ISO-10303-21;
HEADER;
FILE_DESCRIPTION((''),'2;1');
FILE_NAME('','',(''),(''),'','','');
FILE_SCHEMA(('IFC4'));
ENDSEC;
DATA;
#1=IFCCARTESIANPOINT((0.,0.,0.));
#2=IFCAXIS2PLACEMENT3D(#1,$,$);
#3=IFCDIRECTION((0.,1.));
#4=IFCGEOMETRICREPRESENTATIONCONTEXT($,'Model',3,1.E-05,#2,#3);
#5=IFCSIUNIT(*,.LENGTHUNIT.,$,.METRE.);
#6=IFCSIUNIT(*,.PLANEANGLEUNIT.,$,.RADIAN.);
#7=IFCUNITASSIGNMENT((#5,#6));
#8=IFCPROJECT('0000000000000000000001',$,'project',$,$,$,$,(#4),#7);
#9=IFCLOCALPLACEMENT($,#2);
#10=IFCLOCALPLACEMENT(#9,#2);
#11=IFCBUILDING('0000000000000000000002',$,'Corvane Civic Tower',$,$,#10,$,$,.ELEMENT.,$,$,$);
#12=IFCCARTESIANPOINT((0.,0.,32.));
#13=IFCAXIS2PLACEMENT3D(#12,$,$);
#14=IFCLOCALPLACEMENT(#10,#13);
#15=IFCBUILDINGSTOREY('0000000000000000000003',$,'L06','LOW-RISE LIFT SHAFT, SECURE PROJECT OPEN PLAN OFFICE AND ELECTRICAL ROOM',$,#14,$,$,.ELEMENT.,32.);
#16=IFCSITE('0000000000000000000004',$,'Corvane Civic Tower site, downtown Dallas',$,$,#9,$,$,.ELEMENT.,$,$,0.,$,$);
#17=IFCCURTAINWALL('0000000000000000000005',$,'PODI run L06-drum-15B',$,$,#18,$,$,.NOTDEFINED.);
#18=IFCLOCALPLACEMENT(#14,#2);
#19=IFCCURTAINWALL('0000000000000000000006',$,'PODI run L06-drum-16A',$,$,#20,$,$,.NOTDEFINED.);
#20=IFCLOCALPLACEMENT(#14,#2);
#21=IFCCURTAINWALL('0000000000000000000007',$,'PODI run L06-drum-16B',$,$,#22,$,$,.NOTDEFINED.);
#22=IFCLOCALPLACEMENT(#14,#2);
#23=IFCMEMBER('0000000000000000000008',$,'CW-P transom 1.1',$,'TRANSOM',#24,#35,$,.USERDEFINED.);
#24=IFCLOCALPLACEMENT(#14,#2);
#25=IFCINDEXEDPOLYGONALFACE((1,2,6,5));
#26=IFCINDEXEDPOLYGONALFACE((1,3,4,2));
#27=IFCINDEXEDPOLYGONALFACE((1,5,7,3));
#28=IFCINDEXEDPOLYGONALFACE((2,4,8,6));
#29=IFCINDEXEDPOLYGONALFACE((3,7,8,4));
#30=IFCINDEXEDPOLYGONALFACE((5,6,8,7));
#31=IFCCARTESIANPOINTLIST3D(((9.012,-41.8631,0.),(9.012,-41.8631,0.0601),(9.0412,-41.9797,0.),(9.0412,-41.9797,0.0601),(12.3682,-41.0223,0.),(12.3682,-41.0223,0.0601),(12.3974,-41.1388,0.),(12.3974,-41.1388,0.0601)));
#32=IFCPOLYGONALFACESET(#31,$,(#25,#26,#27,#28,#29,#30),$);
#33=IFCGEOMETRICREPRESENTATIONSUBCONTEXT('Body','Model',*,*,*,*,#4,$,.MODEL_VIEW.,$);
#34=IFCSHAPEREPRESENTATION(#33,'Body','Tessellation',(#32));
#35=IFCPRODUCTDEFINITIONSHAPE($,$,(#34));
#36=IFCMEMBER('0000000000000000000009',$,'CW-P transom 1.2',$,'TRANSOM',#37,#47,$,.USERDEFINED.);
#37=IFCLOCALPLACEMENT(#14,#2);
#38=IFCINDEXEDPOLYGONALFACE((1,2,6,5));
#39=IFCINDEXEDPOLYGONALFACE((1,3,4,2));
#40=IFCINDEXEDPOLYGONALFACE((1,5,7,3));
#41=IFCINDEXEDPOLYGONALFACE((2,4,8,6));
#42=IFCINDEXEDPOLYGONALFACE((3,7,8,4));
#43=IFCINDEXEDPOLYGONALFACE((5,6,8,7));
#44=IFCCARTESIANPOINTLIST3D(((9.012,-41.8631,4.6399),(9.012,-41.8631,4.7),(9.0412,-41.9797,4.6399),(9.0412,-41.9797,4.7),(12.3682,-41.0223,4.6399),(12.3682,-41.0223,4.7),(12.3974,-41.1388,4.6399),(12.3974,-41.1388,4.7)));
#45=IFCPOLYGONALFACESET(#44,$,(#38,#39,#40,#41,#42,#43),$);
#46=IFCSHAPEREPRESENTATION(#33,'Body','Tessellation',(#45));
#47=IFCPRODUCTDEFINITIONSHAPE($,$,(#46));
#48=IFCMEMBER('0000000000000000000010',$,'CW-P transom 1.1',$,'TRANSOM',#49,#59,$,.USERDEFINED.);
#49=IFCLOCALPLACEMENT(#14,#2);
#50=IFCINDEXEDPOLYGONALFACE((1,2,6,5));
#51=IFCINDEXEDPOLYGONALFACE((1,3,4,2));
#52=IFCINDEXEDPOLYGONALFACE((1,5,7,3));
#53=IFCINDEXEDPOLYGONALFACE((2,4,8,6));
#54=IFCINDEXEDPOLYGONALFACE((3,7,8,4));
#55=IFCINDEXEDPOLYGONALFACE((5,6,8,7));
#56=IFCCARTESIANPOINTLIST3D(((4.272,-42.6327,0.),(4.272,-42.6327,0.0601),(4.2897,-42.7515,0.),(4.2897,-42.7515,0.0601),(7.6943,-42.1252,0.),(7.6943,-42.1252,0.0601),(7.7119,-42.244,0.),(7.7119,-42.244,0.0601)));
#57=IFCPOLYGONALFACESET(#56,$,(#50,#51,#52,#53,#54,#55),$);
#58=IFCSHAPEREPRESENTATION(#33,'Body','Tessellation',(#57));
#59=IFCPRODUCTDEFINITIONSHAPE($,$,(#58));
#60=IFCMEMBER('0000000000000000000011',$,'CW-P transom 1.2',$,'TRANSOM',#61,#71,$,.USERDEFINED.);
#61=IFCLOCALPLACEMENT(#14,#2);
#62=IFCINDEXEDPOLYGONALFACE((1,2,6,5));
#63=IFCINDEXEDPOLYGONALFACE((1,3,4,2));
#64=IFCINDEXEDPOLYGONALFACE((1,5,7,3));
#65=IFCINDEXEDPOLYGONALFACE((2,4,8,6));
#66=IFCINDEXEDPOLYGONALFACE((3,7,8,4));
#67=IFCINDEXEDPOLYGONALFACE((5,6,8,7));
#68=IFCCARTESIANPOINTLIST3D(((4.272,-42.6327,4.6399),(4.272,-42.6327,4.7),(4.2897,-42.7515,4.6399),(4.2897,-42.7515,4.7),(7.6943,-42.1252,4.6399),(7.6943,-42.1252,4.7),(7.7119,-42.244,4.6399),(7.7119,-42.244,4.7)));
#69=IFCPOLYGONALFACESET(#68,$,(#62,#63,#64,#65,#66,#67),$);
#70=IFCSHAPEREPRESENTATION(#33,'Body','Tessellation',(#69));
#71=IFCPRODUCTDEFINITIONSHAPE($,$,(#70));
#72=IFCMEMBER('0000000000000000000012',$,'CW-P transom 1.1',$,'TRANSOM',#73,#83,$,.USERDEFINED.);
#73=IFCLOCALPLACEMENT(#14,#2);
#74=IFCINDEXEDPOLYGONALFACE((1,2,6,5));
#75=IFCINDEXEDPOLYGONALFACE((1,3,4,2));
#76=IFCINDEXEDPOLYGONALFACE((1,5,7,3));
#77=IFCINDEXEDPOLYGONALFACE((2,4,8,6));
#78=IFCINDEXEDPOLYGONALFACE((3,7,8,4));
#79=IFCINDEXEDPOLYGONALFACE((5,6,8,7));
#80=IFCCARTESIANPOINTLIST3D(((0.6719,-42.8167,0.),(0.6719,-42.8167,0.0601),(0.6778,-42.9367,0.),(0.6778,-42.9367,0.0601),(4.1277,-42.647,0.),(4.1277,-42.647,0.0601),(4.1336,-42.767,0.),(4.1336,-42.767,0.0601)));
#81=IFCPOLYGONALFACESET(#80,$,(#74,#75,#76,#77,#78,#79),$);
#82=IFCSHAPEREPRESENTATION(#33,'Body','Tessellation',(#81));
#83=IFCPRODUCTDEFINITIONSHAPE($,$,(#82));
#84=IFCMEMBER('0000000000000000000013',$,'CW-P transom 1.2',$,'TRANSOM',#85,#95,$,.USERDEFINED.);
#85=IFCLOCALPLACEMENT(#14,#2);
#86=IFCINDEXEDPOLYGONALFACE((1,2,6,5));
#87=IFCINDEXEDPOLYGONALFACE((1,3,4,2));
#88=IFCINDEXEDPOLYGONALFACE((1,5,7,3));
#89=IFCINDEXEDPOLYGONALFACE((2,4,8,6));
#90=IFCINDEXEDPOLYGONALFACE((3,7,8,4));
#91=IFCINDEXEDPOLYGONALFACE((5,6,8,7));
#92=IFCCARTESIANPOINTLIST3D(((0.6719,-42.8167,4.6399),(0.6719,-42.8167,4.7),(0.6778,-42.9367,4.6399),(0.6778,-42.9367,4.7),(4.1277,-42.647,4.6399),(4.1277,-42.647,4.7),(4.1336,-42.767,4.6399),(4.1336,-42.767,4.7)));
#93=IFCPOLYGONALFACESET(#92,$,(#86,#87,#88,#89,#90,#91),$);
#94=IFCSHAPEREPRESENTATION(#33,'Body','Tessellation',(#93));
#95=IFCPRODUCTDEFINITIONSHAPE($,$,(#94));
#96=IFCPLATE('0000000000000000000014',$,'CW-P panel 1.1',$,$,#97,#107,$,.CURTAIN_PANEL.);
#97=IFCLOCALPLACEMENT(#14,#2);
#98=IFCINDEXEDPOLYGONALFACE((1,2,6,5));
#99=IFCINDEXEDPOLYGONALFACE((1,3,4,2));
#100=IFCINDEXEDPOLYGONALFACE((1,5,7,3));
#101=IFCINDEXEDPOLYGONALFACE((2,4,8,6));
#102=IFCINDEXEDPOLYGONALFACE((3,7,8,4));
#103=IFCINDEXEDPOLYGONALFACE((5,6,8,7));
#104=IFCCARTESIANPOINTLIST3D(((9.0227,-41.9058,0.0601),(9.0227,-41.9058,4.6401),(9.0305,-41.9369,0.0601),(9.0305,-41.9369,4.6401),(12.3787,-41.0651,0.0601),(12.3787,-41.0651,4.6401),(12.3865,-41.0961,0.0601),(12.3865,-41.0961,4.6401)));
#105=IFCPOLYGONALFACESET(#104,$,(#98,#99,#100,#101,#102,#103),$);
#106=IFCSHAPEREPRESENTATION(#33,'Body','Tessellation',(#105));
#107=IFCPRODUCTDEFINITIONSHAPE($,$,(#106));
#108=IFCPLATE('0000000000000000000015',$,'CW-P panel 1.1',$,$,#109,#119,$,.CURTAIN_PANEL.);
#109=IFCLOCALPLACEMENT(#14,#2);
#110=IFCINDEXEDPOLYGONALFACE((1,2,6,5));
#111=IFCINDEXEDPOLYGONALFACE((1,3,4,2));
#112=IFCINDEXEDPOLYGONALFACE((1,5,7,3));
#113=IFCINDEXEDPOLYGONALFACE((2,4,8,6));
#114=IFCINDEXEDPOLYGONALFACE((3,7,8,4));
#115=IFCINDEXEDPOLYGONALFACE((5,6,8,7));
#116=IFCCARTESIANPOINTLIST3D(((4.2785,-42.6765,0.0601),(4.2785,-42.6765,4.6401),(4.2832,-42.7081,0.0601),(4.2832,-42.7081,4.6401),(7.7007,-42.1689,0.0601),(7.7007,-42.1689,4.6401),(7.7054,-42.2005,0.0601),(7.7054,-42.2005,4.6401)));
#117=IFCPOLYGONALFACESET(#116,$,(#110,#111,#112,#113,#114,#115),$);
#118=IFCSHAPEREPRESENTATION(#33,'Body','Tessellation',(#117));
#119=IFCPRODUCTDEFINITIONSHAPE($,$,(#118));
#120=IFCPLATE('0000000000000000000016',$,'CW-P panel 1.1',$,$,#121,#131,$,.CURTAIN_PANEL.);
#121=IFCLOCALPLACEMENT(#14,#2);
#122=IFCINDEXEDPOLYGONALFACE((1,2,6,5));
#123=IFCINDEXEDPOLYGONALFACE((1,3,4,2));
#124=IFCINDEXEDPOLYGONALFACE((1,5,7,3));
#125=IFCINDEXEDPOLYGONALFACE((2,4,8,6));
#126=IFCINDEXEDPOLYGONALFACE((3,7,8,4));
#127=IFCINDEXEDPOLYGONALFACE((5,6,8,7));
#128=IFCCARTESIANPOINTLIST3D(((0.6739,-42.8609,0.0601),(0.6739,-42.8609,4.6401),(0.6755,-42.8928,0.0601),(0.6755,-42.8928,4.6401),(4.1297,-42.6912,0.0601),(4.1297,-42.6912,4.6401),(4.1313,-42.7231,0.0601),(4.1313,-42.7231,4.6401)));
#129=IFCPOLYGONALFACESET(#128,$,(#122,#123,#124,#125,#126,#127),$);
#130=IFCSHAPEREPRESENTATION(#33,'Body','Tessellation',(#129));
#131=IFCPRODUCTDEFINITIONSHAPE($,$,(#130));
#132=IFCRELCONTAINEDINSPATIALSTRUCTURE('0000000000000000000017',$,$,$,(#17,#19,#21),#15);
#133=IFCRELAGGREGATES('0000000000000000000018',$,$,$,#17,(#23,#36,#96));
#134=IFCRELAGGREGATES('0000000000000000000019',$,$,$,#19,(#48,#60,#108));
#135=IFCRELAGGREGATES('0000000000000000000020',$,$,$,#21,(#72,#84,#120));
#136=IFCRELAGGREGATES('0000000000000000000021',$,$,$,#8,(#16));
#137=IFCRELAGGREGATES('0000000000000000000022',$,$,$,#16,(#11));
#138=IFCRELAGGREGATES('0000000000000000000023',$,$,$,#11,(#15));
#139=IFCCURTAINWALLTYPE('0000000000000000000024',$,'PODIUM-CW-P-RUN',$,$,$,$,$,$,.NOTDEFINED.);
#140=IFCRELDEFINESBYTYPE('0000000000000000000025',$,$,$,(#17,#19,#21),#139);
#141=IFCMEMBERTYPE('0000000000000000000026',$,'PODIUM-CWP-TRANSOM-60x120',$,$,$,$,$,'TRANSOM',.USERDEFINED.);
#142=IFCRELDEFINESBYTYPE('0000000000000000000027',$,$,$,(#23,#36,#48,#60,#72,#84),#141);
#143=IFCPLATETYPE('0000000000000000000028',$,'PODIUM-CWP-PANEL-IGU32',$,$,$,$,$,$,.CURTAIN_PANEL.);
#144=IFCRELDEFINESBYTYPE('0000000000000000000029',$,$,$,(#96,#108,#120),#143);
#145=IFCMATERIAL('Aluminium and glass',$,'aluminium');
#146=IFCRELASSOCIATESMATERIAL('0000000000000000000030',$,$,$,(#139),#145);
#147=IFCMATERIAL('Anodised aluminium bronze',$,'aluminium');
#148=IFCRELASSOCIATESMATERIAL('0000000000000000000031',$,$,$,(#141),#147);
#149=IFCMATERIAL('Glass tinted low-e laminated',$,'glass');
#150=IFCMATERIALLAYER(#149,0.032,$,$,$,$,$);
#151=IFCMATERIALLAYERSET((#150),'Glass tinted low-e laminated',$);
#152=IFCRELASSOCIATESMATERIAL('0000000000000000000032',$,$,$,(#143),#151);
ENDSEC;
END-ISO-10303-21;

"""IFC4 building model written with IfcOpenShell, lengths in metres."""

from ifc_helpers import new_model, si_unit, direction, frame, origin, origin_2d, place, context, subcontext, project, spatial, rectangle, extrude, material, layer, layer_set, material_profile, profile_set, type_object, element, aggregate, save


model = new_model("IFC4")

# Units and contexts
model_context = context("Model", 3, precision=1e-05, world=origin(), true_north=direction((0.0, 1.0)))
body_context = subcontext(model_context, "Body", "Model", "MODEL_VIEW")
ifc_project = project(units=[si_unit("LENGTHUNIT", "METRE"), si_unit("PLANEANGLEUNIT", "RADIAN")], contexts=[model_context])

# Site, building, storey
site_placement = place(None, origin())
site = spatial("IfcSite", under=ifc_project, at=site_placement, Name="Corvane Civic Tower site, downtown Dallas", CompositionType="ELEMENT", RefElevation=0.0)
building_placement = place(site_placement, origin())
building = spatial("IfcBuilding", under=site, at=building_placement, Name="Corvane Civic Tower", CompositionType="ELEMENT")
storey_placement = place(building_placement, frame((0.0, 0.0, 32.0)))
storey = spatial("IfcBuildingStorey", under=building, at=storey_placement, Name="L06", Description="LOW-RISE LIFT SHAFT, SECURE PROJECT OPEN PLAN OFFICE AND ELECTRICAL ROOM", CompositionType="ELEMENT", Elevation=32.0)

# Curtain wall
ifc_material_1 = material(Name="Aluminium and glass", Category="aluminium")
curtain_wall_type = type_object("IfcCurtainWallType", Name="PODIUM-CW-P-RUN", PredefinedType="NOTDEFINED", material=ifc_material_1)
curtain_wall_1_placement = place(storey_placement, origin())
curtain_wall_1 = element("IfcCurtainWall", 1, at=curtain_wall_1_placement, inside=storey, type_object=curtain_wall_type, Name="PODI run L06-drum-15B", PredefinedType="NOTDEFINED")

# Curtain walls
curtain_wall_2_placement = place(storey_placement, origin())
curtain_wall_2 = element("IfcCurtainWall", 2, at=curtain_wall_2_placement, inside=storey, type_object=curtain_wall_type, Name="PODI run L06-drum-16A", PredefinedType="NOTDEFINED")
curtain_wall_3_placement = place(storey_placement, origin())
curtain_wall_3 = element("IfcCurtainWall", 3, at=curtain_wall_3_placement, inside=storey, type_object=curtain_wall_type, Name="PODI run L06-drum-16B", PredefinedType="NOTDEFINED")

# Members
ifc_material_2 = material(Name="Anodised aluminium bronze", Category="aluminium")
ifc_material_profile_1 = material_profile(ifc_material_2, rectangle(XDim=0.1201, YDim=0.0601, at=origin_2d()), Name="AL 120x60")
ifc_profile_set_1 = profile_set([ifc_material_profile_1], Name="Anodised aluminium bronze")
member_type_1 = type_object("IfcMemberType", Name="PODIUM-CWP-TRANSOM-60x120", ElementType="TRANSOM", PredefinedType="USERDEFINED", material=ifc_profile_set_1)
member_1_placement = place(storey_placement, frame((12.3828, -41.0806, 0.03), z_axis=(-0.970022, -0.243017, 0.0), x_axis=(0.243017, -0.970022, 0.0)))
member_1 = element("IfcMember", 4, at=member_1_placement, type_object=member_type_1, Name="CW-P transom 1.1", ObjectType="TRANSOM", PredefinedType="USERDEFINED", context=body_context, shape_type="SweptSolid", body=[
    extrude(rectangle(XDim=0.1201, YDim=0.0601, at=origin_2d()), origin(), (0.0, 0.0, 1.0), 3.46),
])
member_2_placement = place(storey_placement, frame((12.3828, -41.0806, 4.6699), z_axis=(-0.970022, -0.243017, 0.0), x_axis=(0.243017, -0.970022, 0.0)))
member_2 = element("IfcMember", 5, at=member_2_placement, type_object=member_type_1, Name="CW-P transom 1.2", ObjectType="TRANSOM", PredefinedType="USERDEFINED", context=body_context, shape_type="SweptSolid", body=[
    extrude(rectangle(XDim=0.1201, YDim=0.0601, at=origin_2d()), origin(), (0.0, 0.0, 1.0), 3.46),
])
member_3_placement = place(storey_placement, frame((7.7031, -42.1846, 0.03), z_axis=(-0.98918, -0.146705, 0.0), x_axis=(0.146705, -0.98918, 0.0)))
member_3 = element("IfcMember", 6, at=member_3_placement, type_object=member_type_1, Name="CW-P transom 1.1", ObjectType="TRANSOM", PredefinedType="USERDEFINED", context=body_context, shape_type="SweptSolid", body=[
    extrude(rectangle(XDim=0.1201, YDim=0.0601, at=origin_2d()), origin(), (0.0, 0.0, 1.0), 3.4597),
])
member_4_placement = place(storey_placement, frame((7.7031, -42.1846, 4.6699), z_axis=(-0.98918, -0.146705, 0.0), x_axis=(0.146705, -0.98918, 0.0)))
member_4 = element("IfcMember", 7, at=member_4_placement, type_object=member_type_1, Name="CW-P transom 1.2", ObjectType="TRANSOM", PredefinedType="USERDEFINED", context=body_context, shape_type="SweptSolid", body=[
    extrude(rectangle(XDim=0.1201, YDim=0.0601, at=origin_2d()), origin(), (0.0, 0.0, 1.0), 3.4597),
])
member_5_placement = place(storey_placement, frame((4.1306, -42.707, 0.03), z_axis=(-0.998797, -0.04904, 0.0), x_axis=(0.04904, -0.998797, 0.0)))
member_5 = element("IfcMember", 8, at=member_5_placement, type_object=member_type_1, Name="CW-P transom 1.1", ObjectType="TRANSOM", PredefinedType="USERDEFINED", context=body_context, shape_type="SweptSolid", body=[
    extrude(rectangle(XDim=0.1201, YDim=0.0601, at=origin_2d()), origin(), (0.0, 0.0, 1.0), 3.46),
])
member_6_placement = place(storey_placement, frame((4.1306, -42.707, 4.6699), z_axis=(-0.998797, -0.04904, 0.0), x_axis=(0.04904, -0.998797, 0.0)))
member_6 = element("IfcMember", 9, at=member_6_placement, type_object=member_type_1, Name="CW-P transom 1.2", ObjectType="TRANSOM", PredefinedType="USERDEFINED", context=body_context, shape_type="SweptSolid", body=[
    extrude(rectangle(XDim=0.1201, YDim=0.0601, at=origin_2d()), origin(), (0.0, 0.0, 1.0), 3.46),
])

# Plates
ifc_material_3 = material(Name="Glass tinted low-e laminated", Category="glass")
ifc_layer = layer(ifc_material_3, 0.032)
ifc_layer_set = layer_set([ifc_layer], Name="Glass tinted low-e laminated")
plate_type = type_object("IfcPlateType", Name="PODIUM-CWP-PANEL-IGU32", PredefinedType="CURTAIN_PANEL", material=ifc_layer_set)
plate_1_placement = place(storey_placement, frame((10.7046, -41.501, 0.0601), z_axis=(0.0, 0.0, 1.0), x_axis=(-0.970024, -0.243009, 0.0)))
plate_1 = element("IfcPlate", 10, at=plate_1_placement, type_object=plate_type, Name="CW-P panel 1.1", PredefinedType="CURTAIN_PANEL", context=body_context, shape_type="SweptSolid", body=[
    extrude(rectangle(XDim=3.4597, YDim=0.032, at=origin_2d()), origin(), (0.0, 0.0, 1.0), 4.5801),
])
aggregate(curtain_wall_1, [member_1, member_2, plate_1])
plate_2_placement = place(storey_placement, frame((5.9919, -42.4385, 0.0601), z_axis=(0.0, 0.0, 1.0), x_axis=(-0.989179, -0.146715, 0.0)))
plate_2 = element("IfcPlate", 11, at=plate_2_placement, type_object=plate_type, Name="CW-P panel 1.1", PredefinedType="CURTAIN_PANEL", context=body_context, shape_type="SweptSolid", body=[
    extrude(rectangle(XDim=3.4597, YDim=0.032, at=origin_2d()), origin(), (0.0, 0.0, 1.0), 4.5801),
])
aggregate(curtain_wall_2, [member_3, member_4, plate_2])
plate_3_placement = place(storey_placement, frame((2.4026, -42.792, 0.0601), z_axis=(0.0, 0.0, 1.0), x_axis=(-0.998796, -0.04905, 0.0)))
plate_3 = element("IfcPlate", 12, at=plate_3_placement, type_object=plate_type, Name="CW-P panel 1.1", PredefinedType="CURTAIN_PANEL", context=body_context, shape_type="SweptSolid", body=[
    extrude(rectangle(XDim=3.46, YDim=0.032, at=origin_2d()), origin(), (0.0, 0.0, 1.0), 4.5801),
])
aggregate(curtain_wall_3, [member_5, member_6, plate_3])

save(model, "model.ifc")
